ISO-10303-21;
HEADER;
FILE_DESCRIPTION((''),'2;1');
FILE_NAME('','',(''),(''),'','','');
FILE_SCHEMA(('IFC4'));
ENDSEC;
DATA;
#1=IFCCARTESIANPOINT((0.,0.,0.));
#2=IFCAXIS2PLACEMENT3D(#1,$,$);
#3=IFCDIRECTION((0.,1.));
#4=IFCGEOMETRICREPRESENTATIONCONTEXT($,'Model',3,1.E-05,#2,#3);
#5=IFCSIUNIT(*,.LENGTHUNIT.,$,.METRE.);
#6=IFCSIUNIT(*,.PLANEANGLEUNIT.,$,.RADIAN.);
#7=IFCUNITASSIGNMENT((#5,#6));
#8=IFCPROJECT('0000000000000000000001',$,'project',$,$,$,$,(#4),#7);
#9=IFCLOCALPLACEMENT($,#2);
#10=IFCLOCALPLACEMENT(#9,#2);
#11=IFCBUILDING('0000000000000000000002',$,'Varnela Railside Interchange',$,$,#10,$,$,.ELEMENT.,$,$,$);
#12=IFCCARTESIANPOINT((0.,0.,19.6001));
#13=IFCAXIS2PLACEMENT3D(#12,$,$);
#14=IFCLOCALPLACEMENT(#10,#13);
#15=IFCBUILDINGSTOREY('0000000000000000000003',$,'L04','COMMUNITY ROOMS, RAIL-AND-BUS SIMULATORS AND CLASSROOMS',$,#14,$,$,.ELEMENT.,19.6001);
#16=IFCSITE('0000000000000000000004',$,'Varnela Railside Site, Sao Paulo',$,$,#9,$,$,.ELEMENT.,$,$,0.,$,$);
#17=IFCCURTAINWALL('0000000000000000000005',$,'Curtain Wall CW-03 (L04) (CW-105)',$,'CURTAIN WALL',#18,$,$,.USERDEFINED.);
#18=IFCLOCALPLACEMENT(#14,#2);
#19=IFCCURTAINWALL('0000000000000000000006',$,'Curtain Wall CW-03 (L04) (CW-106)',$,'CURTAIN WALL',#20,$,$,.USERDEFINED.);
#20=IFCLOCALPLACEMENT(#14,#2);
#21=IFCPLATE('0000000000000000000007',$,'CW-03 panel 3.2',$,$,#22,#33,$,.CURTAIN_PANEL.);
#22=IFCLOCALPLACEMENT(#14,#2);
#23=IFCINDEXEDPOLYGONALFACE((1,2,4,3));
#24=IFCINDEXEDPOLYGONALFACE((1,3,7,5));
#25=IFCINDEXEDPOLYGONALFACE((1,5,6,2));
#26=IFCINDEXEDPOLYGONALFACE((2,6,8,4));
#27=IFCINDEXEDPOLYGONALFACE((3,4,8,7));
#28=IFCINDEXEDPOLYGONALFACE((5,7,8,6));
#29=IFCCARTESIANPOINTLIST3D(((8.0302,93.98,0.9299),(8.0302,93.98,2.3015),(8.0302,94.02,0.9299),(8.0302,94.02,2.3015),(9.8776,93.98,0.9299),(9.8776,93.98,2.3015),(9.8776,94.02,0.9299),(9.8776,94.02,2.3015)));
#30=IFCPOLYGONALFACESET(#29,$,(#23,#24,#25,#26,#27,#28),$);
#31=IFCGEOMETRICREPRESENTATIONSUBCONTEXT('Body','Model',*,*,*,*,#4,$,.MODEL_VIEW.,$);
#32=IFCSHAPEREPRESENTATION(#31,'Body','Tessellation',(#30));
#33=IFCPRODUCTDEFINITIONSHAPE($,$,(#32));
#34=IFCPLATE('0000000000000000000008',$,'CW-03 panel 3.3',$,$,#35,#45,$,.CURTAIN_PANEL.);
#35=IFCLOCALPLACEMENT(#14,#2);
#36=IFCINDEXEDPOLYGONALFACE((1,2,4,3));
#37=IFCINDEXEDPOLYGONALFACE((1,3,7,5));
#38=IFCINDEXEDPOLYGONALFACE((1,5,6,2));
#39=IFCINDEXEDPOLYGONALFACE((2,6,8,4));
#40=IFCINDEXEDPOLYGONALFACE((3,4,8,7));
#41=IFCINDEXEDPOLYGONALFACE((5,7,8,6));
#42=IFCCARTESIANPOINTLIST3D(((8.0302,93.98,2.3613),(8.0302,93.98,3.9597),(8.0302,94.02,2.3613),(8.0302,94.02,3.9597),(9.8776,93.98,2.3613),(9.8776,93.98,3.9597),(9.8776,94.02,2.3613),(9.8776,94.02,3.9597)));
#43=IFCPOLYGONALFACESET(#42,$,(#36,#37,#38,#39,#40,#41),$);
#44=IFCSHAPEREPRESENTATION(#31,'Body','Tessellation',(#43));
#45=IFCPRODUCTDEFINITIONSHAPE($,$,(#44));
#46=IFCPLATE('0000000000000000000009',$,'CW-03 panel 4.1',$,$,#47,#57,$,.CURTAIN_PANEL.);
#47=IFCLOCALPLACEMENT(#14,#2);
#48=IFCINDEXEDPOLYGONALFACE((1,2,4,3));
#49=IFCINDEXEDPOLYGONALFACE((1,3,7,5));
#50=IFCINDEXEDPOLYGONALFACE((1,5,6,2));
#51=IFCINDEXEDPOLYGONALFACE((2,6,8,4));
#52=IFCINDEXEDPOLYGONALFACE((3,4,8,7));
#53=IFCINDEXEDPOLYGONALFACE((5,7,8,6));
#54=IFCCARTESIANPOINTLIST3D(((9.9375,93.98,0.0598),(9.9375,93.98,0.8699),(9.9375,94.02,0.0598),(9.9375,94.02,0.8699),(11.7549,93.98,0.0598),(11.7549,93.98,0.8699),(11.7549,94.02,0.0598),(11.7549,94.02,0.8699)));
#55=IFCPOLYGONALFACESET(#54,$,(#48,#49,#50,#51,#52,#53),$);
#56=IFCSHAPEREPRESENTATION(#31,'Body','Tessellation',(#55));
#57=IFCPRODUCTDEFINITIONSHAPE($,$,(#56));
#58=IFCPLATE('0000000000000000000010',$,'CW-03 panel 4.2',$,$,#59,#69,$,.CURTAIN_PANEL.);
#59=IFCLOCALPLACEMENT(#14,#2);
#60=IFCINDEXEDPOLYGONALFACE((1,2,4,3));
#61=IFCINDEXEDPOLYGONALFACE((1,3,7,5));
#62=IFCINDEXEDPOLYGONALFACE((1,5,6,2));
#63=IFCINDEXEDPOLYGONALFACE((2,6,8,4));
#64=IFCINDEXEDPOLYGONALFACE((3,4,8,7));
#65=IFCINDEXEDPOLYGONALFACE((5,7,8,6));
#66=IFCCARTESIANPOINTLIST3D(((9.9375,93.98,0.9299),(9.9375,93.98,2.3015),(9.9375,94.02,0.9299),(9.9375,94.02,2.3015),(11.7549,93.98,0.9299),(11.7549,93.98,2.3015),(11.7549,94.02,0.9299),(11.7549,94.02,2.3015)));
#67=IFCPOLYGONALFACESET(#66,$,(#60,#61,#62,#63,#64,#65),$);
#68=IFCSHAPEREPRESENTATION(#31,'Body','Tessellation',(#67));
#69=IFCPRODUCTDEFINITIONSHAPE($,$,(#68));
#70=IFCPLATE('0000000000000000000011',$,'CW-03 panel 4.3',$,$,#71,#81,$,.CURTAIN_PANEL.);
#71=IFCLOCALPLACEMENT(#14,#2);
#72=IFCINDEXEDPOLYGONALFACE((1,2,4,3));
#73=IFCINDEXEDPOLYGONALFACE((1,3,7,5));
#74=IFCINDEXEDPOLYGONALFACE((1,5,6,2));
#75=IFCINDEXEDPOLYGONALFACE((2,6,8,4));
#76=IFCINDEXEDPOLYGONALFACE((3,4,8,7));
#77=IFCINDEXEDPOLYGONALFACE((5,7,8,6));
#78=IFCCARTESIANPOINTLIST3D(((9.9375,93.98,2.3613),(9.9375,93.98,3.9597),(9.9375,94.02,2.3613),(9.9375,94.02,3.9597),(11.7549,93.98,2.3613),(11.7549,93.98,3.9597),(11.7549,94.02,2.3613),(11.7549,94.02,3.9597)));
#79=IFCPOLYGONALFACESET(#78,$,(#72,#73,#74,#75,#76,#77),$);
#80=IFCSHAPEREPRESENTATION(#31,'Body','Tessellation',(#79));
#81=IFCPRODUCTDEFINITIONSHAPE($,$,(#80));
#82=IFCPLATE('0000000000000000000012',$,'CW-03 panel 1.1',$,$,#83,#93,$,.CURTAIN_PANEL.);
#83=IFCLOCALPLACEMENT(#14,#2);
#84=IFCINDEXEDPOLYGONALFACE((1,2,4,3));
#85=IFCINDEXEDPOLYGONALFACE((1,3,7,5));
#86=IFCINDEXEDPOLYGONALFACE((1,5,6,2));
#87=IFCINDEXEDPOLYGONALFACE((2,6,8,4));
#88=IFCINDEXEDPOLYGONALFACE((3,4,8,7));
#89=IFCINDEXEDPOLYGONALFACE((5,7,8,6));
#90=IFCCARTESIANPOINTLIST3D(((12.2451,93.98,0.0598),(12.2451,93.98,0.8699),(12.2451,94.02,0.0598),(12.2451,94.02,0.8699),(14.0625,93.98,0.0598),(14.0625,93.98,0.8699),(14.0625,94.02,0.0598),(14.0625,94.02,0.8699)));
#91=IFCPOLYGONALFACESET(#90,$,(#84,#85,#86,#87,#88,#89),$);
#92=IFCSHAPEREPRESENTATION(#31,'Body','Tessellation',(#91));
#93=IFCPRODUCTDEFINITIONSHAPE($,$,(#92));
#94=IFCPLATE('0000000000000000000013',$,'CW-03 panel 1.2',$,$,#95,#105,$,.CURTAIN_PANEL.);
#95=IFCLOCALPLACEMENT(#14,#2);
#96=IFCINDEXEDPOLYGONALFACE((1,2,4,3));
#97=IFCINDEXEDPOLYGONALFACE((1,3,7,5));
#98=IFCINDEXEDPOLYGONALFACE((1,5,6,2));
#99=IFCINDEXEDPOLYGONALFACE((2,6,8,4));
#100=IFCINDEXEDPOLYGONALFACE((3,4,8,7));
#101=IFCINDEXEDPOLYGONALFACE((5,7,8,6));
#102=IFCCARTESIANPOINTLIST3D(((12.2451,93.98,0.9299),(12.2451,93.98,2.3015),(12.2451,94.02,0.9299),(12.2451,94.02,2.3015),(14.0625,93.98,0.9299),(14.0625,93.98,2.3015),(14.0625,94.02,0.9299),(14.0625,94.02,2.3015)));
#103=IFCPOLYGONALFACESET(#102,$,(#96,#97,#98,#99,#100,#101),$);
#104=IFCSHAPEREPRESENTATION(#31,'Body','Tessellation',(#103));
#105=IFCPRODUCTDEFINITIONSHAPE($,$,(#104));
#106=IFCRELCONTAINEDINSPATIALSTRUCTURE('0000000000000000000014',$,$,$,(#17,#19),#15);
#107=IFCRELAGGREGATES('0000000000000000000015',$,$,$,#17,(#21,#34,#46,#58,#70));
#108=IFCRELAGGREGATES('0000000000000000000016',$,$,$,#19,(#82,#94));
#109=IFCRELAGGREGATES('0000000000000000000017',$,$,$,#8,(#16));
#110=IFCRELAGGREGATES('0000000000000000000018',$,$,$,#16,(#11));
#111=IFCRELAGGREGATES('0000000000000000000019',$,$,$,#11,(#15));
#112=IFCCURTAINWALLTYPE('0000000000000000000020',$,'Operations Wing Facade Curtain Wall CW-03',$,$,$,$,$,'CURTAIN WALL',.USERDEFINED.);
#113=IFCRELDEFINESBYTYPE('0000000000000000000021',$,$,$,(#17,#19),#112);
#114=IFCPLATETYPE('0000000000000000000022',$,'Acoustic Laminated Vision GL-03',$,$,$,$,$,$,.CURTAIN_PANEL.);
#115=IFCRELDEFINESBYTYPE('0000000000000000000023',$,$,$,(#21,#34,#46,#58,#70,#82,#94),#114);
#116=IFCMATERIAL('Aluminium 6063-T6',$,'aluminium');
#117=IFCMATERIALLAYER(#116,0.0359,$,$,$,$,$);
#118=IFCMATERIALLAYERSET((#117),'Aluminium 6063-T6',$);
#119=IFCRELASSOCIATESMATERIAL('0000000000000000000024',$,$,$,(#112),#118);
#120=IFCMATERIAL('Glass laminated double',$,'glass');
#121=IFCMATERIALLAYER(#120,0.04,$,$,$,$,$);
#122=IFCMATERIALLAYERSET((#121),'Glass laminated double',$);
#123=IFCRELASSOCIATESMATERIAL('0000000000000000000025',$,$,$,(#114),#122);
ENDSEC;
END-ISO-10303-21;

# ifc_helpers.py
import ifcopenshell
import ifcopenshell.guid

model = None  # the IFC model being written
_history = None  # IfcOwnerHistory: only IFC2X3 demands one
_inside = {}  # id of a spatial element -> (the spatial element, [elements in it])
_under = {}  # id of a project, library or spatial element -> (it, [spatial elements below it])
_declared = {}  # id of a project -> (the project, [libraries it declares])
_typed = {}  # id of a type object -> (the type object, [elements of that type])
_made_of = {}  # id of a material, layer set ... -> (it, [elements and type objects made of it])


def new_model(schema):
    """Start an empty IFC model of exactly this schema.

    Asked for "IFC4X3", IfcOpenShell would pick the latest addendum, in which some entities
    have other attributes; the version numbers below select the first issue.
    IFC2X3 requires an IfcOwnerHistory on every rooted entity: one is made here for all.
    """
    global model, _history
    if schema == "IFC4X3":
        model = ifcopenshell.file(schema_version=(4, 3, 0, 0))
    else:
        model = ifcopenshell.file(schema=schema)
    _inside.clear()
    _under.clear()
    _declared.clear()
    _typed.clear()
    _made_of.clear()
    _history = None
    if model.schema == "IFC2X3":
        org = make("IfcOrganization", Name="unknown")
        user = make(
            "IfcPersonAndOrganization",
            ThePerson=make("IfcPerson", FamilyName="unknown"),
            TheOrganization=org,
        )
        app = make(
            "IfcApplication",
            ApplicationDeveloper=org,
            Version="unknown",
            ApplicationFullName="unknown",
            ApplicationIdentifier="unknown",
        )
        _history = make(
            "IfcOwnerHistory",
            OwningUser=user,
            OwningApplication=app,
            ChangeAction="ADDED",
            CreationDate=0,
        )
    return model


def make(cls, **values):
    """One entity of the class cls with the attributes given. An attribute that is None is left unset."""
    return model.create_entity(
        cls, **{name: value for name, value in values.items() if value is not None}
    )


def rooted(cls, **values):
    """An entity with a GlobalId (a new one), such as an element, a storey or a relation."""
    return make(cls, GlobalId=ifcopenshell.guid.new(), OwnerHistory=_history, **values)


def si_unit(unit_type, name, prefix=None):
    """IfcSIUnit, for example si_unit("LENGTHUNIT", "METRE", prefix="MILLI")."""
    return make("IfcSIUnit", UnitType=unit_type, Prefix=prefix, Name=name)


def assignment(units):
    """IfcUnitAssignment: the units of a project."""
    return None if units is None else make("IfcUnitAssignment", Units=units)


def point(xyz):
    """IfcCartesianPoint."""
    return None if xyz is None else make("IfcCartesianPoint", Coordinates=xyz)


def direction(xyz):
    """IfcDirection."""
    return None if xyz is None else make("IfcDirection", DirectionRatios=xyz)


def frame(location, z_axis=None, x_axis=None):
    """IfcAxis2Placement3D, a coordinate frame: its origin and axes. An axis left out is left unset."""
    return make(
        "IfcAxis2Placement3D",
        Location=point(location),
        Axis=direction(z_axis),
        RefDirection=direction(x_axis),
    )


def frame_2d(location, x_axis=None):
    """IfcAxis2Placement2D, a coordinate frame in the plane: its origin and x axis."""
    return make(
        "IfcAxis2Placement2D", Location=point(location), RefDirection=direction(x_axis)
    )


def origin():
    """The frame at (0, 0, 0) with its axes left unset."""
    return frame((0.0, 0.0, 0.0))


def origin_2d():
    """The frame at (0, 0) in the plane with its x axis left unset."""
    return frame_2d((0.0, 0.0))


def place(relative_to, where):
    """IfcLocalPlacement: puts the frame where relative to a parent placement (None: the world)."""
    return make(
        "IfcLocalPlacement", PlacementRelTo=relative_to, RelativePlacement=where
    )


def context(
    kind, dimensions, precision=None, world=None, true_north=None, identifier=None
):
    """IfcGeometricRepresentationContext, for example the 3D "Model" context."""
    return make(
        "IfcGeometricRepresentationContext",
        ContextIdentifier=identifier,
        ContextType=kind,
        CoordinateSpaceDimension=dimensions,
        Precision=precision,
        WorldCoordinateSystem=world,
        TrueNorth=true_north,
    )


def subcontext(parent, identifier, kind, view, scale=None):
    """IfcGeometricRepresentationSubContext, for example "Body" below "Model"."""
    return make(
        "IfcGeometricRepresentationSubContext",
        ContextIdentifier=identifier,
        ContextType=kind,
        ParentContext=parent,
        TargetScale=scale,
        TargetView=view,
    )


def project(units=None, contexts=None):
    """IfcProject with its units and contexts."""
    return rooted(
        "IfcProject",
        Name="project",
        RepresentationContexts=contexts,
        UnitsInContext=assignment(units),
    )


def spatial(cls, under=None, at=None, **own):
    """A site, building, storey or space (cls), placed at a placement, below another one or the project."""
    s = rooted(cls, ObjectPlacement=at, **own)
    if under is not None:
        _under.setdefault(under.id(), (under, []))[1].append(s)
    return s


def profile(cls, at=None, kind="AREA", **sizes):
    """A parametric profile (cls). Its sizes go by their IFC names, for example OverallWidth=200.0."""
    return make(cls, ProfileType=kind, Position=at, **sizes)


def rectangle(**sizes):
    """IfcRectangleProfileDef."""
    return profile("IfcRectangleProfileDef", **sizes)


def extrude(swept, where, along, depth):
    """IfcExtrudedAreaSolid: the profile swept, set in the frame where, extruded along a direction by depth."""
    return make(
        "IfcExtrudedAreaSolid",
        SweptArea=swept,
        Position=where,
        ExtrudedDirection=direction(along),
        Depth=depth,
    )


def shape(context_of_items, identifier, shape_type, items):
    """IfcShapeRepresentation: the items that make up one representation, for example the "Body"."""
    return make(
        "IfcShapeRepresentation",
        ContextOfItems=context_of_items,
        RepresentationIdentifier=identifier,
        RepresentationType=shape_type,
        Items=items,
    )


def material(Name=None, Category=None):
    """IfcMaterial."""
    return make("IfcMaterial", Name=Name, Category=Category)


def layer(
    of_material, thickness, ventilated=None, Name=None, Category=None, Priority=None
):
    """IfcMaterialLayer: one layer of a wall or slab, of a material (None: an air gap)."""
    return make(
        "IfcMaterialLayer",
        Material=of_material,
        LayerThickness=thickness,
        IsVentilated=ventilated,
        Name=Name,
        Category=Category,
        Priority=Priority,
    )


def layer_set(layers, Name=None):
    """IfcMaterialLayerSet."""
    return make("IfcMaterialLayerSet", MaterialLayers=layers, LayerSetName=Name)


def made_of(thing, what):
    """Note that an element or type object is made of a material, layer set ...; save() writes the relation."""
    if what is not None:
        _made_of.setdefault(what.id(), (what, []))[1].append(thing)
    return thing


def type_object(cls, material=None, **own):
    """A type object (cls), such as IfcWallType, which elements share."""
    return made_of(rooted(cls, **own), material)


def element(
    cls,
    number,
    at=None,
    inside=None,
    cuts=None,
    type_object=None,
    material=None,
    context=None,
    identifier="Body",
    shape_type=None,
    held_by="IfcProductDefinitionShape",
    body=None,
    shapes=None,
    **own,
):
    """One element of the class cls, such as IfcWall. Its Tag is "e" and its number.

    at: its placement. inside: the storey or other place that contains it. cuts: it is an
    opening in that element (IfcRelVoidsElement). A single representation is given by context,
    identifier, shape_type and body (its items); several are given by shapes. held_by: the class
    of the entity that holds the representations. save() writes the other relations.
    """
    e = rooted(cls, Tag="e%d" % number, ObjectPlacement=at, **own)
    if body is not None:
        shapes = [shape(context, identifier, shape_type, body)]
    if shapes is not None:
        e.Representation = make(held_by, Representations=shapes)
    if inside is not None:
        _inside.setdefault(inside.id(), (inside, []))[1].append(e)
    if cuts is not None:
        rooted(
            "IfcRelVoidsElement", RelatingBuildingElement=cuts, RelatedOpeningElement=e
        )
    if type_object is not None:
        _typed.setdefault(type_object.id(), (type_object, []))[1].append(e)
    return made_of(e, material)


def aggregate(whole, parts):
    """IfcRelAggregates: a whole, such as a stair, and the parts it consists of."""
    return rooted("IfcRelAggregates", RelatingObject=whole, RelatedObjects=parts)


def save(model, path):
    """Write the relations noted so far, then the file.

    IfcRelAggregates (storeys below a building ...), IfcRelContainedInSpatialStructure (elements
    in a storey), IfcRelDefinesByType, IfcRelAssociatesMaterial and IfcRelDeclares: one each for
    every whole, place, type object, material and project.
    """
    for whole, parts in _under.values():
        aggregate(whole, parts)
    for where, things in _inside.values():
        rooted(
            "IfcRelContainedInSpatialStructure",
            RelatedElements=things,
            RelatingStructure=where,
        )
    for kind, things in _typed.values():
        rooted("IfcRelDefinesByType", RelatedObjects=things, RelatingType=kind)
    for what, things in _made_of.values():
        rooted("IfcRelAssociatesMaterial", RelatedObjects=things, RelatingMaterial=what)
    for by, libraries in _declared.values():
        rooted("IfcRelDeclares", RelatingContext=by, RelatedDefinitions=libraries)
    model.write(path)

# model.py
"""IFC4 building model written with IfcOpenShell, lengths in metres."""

from ifc_helpers import new_model, si_unit, direction, frame, origin, origin_2d, place, context, subcontext, project, spatial, rectangle, extrude, material, layer, layer_set, type_object, element, aggregate, save


model = new_model("IFC4")

# Units and contexts
model_context = context("Model", 3, precision=1e-05, world=origin(), true_north=direction((0.0, 1.0)))
body_context = subcontext(model_context, "Body", "Model", "MODEL_VIEW")
ifc_project = project(units=[si_unit("LENGTHUNIT", "METRE"), si_unit("PLANEANGLEUNIT", "RADIAN")], contexts=[model_context])

# Site, building, storey
site_placement = place(None, origin())
site = spatial("IfcSite", under=ifc_project, at=site_placement, Name="Varnela Railside Site, Sao Paulo", CompositionType="ELEMENT", RefElevation=0.0)
building_placement = place(site_placement, origin())
building = spatial("IfcBuilding", under=site, at=building_placement, Name="Varnela Railside Interchange", CompositionType="ELEMENT")
storey_placement = place(building_placement, frame((0.0, 0.0, 19.6001)))
storey = spatial("IfcBuildingStorey", under=building, at=storey_placement, Name="L04", Description="COMMUNITY ROOMS, RAIL-AND-BUS SIMULATORS AND CLASSROOMS", CompositionType="ELEMENT", Elevation=19.6001)

# Curtain wall
ifc_material_1 = material(Name="Aluminium 6063-T6", Category="aluminium")
ifc_layer_1 = layer(ifc_material_1, 0.0359)
ifc_layer_set_1 = layer_set([ifc_layer_1], Name="Aluminium 6063-T6")
curtain_wall_type = type_object("IfcCurtainWallType", Name="Operations Wing Facade Curtain Wall CW-03", ElementType="CURTAIN WALL", PredefinedType="USERDEFINED", material=ifc_layer_set_1)
curtain_wall_1_placement = place(storey_placement, origin())
curtain_wall_1 = element("IfcCurtainWall", 1, at=curtain_wall_1_placement, inside=storey, type_object=curtain_wall_type, Name="Curtain Wall CW-03 (L04) (CW-105)", ObjectType="CURTAIN WALL", PredefinedType="USERDEFINED")

# Curtain wall
curtain_wall_2_placement = place(storey_placement, origin())
curtain_wall_2 = element("IfcCurtainWall", 2, at=curtain_wall_2_placement, inside=storey, type_object=curtain_wall_type, Name="Curtain Wall CW-03 (L04) (CW-106)", ObjectType="CURTAIN WALL", PredefinedType="USERDEFINED")

# Plates
ifc_material_2 = material(Name="Glass laminated double", Category="glass")
ifc_layer_2 = layer(ifc_material_2, 0.04)
ifc_layer_set_2 = layer_set([ifc_layer_2], Name="Glass laminated double")
plate_type = type_object("IfcPlateType", Name="Acoustic Laminated Vision GL-03", PredefinedType="CURTAIN_PANEL", material=ifc_layer_set_2)
plate_1_placement = place(storey_placement, frame((8.9539, 94.0, 0.9299), z_axis=(0.0, 0.0, 1.0), x_axis=(1.0, 0.0, 0.0)))
plate_1 = element("IfcPlate", 3, at=plate_1_placement, type_object=plate_type, Name="CW-03 panel 3.2", PredefinedType="CURTAIN_PANEL", context=body_context, shape_type="SweptSolid", body=[
    extrude(rectangle(XDim=1.8474, YDim=0.04, at=origin_2d()), origin(), (0.0, 0.0, 1.0), 1.3716),
])
plate_2_placement = place(storey_placement, frame((8.9539, 94.0, 2.3613), z_axis=(0.0, 0.0, 1.0), x_axis=(1.0, 0.0, 0.0)))
plate_2 = element("IfcPlate", 4, at=plate_2_placement, type_object=plate_type, Name="CW-03 panel 3.3", PredefinedType="CURTAIN_PANEL", context=body_context, shape_type="SweptSolid", body=[
    extrude(rectangle(XDim=1.8474, YDim=0.04, at=origin_2d()), origin(), (0.0, 0.0, 1.0), 1.5984),
])
plate_3_placement = place(storey_placement, frame((10.8462, 94.0, 0.0598), z_axis=(0.0, 0.0, 1.0), x_axis=(1.0, 0.0, 0.0)))
plate_3 = element("IfcPlate", 5, at=plate_3_placement, type_object=plate_type, Name="CW-03 panel 4.1", PredefinedType="CURTAIN_PANEL", context=body_context, shape_type="SweptSolid", body=[
    extrude(rectangle(XDim=1.8174, YDim=0.04, at=origin_2d()), origin(), (0.0, 0.0, 1.0), 0.8101),
])
plate_4_placement = place(storey_placement, frame((10.8462, 94.0, 0.9299), z_axis=(0.0, 0.0, 1.0), x_axis=(1.0, 0.0, 0.0)))
plate_4 = element("IfcPlate", 6, at=plate_4_placement, type_object=plate_type, Name="CW-03 panel 4.2", PredefinedType="CURTAIN_PANEL", context=body_context, shape_type="SweptSolid", body=[
    extrude(rectangle(XDim=1.8174, YDim=0.04, at=origin_2d()), origin(), (0.0, 0.0, 1.0), 1.3716),
])
plate_5_placement = place(storey_placement, frame((10.8462, 94.0, 2.3613), z_axis=(0.0, 0.0, 1.0), x_axis=(1.0, 0.0, 0.0)))
plate_5 = element("IfcPlate", 7, at=plate_5_placement, type_object=plate_type, Name="CW-03 panel 4.3", PredefinedType="CURTAIN_PANEL", context=body_context, shape_type="SweptSolid", body=[
    extrude(rectangle(XDim=1.8174, YDim=0.04, at=origin_2d()), origin(), (0.0, 0.0, 1.0), 1.5984),
])
aggregate(curtain_wall_1, [plate_1, plate_2, plate_3, plate_4, plate_5])
plate_6_placement = place(storey_placement, frame((13.1538, 94.0, 0.0598), z_axis=(0.0, 0.0, 1.0), x_axis=(1.0, 0.0, 0.0)))
plate_6 = element("IfcPlate", 8, at=plate_6_placement, type_object=plate_type, Name="CW-03 panel 1.1", PredefinedType="CURTAIN_PANEL", context=body_context, shape_type="SweptSolid", body=[
    extrude(rectangle(XDim=1.8174, YDim=0.04, at=origin_2d()), origin(), (0.0, 0.0, 1.0), 0.8101),
])
plate_7_placement = place(storey_placement, frame((13.1538, 94.0, 0.9299), z_axis=(0.0, 0.0, 1.0), x_axis=(1.0, 0.0, 0.0)))
plate_7 = element("IfcPlate", 9, at=plate_7_placement, type_object=plate_type, Name="CW-03 panel 1.2", PredefinedType="CURTAIN_PANEL", context=body_context, shape_type="SweptSolid", body=[
    extrude(rectangle(XDim=1.8174, YDim=0.04, at=origin_2d()), origin(), (0.0, 0.0, 1.0), 1.3716),
])
aggregate(curtain_wall_2, [plate_6, plate_7])

save(model, "model.ifc")
